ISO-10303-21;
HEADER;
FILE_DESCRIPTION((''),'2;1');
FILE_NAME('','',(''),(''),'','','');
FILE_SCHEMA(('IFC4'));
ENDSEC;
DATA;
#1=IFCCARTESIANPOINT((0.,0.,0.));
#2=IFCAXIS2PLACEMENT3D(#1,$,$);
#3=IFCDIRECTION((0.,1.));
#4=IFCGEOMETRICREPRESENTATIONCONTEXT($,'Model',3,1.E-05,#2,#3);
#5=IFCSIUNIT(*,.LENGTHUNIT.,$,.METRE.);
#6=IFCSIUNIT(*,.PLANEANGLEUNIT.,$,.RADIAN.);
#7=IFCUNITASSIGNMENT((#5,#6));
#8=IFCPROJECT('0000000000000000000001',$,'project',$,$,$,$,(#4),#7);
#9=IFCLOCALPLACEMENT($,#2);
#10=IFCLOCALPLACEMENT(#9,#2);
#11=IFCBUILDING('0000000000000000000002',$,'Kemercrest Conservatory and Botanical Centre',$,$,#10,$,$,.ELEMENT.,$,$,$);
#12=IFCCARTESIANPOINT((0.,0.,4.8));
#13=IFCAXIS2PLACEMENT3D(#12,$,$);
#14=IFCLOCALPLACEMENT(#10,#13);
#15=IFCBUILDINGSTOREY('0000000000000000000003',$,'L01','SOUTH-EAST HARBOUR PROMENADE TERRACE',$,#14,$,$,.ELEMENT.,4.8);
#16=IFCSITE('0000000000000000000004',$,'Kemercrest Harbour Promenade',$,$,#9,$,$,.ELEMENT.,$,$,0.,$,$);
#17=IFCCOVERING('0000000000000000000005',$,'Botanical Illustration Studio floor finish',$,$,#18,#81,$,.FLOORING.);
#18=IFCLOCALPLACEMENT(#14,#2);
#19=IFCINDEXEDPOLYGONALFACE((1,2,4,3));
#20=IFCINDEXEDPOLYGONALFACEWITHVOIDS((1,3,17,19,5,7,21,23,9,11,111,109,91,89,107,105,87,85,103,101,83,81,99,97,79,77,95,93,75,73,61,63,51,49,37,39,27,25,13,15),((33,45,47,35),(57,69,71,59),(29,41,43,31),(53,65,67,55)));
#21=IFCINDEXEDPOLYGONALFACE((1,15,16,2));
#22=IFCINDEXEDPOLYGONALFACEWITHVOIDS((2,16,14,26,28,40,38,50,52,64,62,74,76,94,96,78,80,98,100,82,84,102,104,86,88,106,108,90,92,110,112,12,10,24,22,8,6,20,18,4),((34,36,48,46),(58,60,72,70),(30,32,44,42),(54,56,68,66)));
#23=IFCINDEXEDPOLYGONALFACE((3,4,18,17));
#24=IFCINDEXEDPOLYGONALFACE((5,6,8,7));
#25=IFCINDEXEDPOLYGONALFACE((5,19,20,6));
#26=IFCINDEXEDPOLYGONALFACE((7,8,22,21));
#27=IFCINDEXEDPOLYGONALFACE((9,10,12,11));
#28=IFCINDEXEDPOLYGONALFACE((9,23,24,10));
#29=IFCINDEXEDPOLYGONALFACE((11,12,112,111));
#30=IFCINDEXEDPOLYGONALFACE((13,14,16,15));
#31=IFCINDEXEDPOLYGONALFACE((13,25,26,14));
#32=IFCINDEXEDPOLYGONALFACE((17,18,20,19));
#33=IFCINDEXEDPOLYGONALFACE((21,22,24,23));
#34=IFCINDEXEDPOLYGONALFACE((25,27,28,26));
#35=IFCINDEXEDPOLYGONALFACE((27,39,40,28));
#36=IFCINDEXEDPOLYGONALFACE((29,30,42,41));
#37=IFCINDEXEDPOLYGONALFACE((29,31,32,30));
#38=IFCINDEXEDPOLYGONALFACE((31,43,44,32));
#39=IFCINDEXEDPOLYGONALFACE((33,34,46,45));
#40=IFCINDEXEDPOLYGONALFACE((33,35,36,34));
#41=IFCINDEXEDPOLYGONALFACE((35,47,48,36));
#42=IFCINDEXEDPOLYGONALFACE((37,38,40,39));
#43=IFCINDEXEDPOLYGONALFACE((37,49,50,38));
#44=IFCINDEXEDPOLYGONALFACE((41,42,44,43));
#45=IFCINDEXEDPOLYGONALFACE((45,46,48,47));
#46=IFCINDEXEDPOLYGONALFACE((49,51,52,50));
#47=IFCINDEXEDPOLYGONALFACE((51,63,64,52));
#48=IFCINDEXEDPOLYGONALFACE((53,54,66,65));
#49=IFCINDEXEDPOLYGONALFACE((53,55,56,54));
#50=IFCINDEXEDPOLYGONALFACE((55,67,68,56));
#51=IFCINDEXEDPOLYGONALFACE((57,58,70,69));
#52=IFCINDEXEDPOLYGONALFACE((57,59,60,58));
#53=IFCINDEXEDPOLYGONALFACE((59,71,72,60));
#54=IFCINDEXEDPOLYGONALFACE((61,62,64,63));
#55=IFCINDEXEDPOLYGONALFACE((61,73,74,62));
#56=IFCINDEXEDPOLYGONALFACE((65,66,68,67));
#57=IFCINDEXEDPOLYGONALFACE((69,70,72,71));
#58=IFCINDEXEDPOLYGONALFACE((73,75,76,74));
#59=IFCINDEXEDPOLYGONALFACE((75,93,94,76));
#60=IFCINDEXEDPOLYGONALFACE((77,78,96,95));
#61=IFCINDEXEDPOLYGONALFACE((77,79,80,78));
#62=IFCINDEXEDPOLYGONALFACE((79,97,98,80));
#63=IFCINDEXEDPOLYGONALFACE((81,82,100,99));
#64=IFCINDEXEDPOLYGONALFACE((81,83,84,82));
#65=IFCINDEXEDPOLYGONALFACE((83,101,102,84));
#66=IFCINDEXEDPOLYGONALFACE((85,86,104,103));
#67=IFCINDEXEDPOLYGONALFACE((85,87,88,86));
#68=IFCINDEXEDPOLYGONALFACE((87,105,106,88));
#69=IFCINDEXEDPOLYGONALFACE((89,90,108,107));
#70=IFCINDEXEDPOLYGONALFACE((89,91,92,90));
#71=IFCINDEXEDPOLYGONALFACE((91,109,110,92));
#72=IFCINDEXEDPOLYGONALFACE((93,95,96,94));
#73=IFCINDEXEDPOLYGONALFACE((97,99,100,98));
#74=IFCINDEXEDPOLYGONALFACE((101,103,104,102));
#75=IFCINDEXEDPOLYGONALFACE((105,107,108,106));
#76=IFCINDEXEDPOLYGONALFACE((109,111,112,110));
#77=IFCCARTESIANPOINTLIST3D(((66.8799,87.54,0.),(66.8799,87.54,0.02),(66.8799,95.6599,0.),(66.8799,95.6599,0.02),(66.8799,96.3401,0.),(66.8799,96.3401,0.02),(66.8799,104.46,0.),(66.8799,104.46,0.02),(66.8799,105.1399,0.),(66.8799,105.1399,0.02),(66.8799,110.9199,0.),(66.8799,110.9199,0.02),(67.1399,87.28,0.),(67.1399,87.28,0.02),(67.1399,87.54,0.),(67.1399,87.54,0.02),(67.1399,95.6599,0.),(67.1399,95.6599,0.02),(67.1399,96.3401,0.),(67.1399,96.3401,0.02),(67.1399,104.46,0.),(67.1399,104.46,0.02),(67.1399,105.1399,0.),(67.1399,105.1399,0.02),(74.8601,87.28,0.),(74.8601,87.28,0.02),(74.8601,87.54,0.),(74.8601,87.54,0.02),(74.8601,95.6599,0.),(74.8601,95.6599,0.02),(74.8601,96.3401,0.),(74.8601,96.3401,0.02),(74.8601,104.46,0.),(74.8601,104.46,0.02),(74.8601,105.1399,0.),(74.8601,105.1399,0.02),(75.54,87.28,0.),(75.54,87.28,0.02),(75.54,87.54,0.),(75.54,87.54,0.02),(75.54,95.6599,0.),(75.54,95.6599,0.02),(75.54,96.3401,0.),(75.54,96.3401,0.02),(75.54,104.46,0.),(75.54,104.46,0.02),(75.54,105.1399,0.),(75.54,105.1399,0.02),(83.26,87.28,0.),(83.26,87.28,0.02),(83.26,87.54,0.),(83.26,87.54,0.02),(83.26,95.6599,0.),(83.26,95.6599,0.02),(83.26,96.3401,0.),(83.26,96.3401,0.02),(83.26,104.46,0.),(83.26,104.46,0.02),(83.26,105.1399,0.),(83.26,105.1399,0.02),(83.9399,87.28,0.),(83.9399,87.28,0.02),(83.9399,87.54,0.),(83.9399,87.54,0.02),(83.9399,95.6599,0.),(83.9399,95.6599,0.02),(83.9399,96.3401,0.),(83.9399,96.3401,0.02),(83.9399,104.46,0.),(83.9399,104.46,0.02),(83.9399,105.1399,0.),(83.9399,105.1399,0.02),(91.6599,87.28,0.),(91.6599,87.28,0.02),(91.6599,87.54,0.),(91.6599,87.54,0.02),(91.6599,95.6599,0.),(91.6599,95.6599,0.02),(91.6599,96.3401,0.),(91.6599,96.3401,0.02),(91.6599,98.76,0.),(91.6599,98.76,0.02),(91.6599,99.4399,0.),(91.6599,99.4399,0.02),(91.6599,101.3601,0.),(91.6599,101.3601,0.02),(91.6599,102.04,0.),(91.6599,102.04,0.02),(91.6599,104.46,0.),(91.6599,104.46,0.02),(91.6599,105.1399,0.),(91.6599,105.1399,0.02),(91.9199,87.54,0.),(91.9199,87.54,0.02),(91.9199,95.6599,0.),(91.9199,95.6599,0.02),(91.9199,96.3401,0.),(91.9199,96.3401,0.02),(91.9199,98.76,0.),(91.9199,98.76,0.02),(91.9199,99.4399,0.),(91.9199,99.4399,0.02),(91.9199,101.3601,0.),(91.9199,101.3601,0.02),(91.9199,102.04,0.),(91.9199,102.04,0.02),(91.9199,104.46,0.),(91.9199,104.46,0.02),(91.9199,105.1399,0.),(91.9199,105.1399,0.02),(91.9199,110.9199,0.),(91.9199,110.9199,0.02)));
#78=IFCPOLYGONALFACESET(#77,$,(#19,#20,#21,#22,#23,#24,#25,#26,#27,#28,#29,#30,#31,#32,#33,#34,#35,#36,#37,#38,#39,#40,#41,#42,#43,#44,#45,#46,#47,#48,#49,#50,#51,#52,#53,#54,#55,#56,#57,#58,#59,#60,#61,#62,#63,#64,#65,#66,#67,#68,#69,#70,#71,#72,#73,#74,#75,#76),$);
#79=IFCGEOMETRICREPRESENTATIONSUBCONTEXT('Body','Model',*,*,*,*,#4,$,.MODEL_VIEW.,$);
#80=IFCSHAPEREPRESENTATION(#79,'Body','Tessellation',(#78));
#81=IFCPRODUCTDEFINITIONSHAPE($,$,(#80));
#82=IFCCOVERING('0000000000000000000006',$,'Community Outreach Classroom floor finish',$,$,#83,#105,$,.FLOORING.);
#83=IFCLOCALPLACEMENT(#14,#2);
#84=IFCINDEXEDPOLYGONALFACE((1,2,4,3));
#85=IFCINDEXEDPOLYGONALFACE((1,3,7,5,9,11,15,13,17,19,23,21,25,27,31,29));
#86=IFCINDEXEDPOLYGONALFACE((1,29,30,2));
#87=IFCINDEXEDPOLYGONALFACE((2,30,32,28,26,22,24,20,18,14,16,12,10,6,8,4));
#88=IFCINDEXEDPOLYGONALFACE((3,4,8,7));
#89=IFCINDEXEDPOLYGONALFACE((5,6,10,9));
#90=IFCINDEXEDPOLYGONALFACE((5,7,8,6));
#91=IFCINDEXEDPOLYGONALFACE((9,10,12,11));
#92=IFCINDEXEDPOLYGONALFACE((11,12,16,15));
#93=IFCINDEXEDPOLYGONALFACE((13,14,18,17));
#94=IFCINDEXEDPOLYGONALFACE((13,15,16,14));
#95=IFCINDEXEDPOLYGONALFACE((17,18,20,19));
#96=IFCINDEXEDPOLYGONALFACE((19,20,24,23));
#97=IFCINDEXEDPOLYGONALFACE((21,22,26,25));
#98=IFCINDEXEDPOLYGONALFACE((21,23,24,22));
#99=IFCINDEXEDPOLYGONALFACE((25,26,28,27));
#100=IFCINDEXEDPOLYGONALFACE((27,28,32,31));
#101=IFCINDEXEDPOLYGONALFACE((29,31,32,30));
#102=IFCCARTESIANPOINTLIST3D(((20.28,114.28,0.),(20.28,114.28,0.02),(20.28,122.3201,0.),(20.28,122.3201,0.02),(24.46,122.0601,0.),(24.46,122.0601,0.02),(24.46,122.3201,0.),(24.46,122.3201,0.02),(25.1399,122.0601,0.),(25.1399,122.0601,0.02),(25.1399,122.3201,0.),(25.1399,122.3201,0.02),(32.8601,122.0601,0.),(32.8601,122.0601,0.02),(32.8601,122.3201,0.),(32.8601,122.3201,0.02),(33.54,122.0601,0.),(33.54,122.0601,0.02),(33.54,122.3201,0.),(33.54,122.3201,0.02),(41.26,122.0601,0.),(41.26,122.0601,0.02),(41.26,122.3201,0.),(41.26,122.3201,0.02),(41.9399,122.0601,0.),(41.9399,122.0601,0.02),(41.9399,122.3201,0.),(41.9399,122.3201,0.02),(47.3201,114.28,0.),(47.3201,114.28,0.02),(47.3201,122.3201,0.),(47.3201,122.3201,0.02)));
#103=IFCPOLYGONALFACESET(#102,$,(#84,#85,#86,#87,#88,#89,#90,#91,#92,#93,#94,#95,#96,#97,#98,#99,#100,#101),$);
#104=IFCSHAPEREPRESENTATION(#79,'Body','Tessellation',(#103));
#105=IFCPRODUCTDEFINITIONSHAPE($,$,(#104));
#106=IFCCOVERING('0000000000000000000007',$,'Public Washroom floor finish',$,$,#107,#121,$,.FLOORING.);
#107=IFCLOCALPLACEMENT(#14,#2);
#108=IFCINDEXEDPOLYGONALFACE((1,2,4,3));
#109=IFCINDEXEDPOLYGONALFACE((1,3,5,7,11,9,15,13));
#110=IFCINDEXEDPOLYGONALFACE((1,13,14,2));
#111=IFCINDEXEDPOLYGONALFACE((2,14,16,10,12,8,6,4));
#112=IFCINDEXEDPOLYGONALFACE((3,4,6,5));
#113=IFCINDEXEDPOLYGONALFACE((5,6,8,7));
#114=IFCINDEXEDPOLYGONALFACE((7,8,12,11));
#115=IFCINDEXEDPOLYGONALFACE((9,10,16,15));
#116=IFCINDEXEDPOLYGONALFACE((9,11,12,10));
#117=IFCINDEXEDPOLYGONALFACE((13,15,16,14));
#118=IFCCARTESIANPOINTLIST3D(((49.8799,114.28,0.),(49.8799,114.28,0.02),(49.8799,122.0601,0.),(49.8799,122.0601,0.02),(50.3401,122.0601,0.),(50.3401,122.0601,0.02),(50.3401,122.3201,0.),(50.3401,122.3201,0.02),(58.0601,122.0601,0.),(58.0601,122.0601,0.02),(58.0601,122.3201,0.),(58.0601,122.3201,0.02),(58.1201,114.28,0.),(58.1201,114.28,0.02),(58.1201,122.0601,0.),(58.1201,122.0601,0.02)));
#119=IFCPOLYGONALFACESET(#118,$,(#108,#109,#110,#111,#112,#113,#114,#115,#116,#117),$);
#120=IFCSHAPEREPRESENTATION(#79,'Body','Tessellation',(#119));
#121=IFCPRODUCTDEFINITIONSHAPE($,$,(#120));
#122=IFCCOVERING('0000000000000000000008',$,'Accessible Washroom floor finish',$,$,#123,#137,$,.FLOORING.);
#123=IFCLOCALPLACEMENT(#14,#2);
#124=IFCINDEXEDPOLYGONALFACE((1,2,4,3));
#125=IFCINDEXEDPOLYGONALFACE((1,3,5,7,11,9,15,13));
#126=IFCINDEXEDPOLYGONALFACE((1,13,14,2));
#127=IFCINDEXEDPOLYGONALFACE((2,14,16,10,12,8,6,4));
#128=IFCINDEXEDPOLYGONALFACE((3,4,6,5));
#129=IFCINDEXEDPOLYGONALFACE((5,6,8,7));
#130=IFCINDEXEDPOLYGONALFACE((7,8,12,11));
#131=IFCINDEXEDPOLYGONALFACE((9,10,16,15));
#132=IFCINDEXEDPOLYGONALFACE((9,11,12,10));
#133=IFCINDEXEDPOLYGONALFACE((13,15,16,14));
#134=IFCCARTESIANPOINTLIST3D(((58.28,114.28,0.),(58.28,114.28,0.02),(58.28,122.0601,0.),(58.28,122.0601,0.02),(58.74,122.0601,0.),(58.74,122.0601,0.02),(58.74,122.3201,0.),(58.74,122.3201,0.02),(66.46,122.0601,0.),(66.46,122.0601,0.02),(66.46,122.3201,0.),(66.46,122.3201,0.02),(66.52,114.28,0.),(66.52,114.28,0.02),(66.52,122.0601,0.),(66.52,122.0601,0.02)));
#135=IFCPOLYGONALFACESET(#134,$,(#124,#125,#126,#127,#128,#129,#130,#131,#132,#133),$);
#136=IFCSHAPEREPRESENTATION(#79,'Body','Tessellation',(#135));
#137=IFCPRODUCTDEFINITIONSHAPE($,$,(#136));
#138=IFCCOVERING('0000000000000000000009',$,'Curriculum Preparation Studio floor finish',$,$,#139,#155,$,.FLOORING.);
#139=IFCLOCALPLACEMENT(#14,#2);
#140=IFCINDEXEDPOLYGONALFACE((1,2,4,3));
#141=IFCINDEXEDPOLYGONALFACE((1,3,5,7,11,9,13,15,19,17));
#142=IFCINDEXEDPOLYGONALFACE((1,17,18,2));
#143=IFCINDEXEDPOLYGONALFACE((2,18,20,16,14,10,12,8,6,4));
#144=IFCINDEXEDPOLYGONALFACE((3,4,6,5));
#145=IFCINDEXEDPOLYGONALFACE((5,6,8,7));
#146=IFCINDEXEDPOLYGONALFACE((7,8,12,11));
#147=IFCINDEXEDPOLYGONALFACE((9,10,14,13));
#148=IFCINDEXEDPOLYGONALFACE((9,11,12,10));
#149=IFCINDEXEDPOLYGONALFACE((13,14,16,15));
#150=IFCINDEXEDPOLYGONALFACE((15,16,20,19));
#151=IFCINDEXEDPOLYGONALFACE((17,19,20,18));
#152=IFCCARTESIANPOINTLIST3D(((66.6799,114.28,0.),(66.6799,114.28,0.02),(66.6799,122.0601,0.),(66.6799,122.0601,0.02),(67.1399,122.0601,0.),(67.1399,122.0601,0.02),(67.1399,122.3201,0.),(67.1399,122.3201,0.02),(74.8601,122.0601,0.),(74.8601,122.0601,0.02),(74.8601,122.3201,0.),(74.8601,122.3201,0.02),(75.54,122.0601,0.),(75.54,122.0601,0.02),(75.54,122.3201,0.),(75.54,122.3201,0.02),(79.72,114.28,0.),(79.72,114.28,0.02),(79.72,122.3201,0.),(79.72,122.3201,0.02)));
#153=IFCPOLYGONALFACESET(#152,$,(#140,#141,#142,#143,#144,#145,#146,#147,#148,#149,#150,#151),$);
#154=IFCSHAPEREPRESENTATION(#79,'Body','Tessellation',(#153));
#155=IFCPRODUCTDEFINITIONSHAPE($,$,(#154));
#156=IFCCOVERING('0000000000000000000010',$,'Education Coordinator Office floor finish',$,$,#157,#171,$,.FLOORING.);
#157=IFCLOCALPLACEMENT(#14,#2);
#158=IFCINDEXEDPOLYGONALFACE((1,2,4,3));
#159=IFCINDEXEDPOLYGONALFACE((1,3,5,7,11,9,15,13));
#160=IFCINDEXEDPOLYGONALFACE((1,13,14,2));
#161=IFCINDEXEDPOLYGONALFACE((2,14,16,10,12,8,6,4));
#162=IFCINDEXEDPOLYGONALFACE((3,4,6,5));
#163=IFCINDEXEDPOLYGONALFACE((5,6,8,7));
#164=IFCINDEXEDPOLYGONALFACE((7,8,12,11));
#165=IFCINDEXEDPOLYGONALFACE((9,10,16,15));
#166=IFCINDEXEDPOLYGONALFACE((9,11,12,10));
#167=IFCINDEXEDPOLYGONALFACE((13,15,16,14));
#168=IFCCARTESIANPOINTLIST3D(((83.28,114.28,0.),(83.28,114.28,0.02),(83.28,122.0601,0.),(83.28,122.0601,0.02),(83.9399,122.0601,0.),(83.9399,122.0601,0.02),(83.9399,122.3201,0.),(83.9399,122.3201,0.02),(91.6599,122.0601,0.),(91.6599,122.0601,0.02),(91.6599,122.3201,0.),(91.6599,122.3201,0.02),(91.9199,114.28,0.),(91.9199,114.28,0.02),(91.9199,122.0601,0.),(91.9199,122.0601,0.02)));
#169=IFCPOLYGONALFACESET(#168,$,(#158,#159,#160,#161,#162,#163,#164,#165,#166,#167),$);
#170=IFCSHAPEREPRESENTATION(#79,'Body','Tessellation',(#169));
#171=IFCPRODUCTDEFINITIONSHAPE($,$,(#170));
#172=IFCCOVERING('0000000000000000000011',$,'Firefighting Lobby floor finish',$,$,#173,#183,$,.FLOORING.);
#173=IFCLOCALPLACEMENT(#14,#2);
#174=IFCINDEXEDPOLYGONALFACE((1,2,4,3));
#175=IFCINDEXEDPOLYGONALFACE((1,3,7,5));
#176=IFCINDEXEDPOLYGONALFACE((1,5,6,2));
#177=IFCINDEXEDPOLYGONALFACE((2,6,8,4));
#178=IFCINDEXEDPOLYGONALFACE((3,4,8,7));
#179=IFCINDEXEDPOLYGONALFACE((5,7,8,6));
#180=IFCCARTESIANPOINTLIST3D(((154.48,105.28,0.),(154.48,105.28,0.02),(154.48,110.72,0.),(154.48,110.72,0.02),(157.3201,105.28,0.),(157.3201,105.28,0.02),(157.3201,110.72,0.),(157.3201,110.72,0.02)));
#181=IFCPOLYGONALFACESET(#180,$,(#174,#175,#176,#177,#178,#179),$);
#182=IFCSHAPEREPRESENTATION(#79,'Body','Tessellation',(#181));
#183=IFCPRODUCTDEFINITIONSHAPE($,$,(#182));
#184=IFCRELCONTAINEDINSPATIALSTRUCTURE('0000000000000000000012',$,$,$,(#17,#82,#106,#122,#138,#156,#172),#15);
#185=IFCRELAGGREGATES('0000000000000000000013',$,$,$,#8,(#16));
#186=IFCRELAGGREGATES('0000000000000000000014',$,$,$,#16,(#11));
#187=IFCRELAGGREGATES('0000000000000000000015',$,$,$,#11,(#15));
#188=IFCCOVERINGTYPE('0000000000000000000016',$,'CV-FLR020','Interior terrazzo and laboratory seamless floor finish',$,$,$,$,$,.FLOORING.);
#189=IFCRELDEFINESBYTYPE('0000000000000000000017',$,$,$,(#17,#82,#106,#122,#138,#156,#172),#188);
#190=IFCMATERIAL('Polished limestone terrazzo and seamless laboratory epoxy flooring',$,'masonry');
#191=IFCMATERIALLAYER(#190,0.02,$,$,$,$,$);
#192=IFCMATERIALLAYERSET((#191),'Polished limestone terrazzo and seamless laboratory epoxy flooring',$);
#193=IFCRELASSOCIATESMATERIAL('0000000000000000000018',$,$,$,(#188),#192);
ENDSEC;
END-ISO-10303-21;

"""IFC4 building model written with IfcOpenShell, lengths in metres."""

from ifc_helpers import new_model, si_unit, direction, frame, origin, place, context, subcontext, project, spatial, polyline, outline, extrude, material, layer, layer_set, type_object, element, save


model = new_model("IFC4")

# Units and contexts
model_context = context("Model", 3, precision=1e-05, world=origin(), true_north=direction((0.0, 1.0)))
body_context = subcontext(model_context, "Body", "Model", "MODEL_VIEW")
ifc_project = project(units=[si_unit("LENGTHUNIT", "METRE"), si_unit("PLANEANGLEUNIT", "RADIAN")], contexts=[model_context])

# Site, building, storey
site_placement = place(None, origin())
site = spatial("IfcSite", under=ifc_project, at=site_placement, Name="Kemercrest Harbour Promenade", CompositionType="ELEMENT", RefElevation=0.0)
building_placement = place(site_placement, origin())
building = spatial("IfcBuilding", under=site, at=building_placement, Name="Kemercrest Conservatory and Botanical Centre", CompositionType="ELEMENT")
storey_placement = place(building_placement, frame((0.0, 0.0, 4.8)))
storey = spatial("IfcBuildingStorey", under=building, at=storey_placement, Name="L01", Description="SOUTH-EAST HARBOUR PROMENADE TERRACE", CompositionType="ELEMENT", Elevation=4.8)

# Coverings
ifc_material = material(Name="Polished limestone terrazzo and seamless laboratory epoxy flooring", Category="masonry")
ifc_layer = layer(ifc_material, 0.02)
ifc_layer_set = layer_set([ifc_layer], Name="Polished limestone terrazzo and seamless laboratory epoxy flooring")
covering_type = type_object("IfcCoveringType", Name="CV-FLR020", Description="Interior terrazzo and laboratory seamless floor finish", PredefinedType="FLOORING", material=ifc_layer_set)
covering_1_placement = place(storey_placement, origin())
element("IfcCovering", 1, at=covering_1_placement, inside=storey, type_object=covering_type, Name="Botanical Illustration Studio floor finish", PredefinedType="FLOORING", context=body_context, shape_type="SweptSolid", body=[
    extrude(outline(polyline([(83.26, 87.54), (83.9399, 87.54), (83.9399, 87.28), (91.6599, 87.28), (91.6599, 87.54), (91.9199, 87.54), (91.9199, 95.6599), (91.6599, 95.6599), (91.6599, 96.3401), (91.9199, 96.3401), (91.9199, 98.76), (91.6599, 98.76), (91.6599, 99.4399), (91.9199, 99.4399), (91.9199, 101.3601), (91.6599, 101.3601), (91.6599, 102.04), (91.9199, 102.04), (91.9199, 104.46), (91.6599, 104.46), (91.6599, 105.1399), (91.9199, 105.1399), (91.9199, 110.9199), (66.8799, 110.9199), (66.8799, 105.1399), (67.1399, 105.1399), (67.1399, 104.46), (66.8799, 104.46), (66.8799, 96.3401), (67.1399, 96.3401), (67.1399, 95.6599), (66.8799, 95.6599), (66.8799, 87.54), (67.1399, 87.54), (67.1399, 87.28), (74.8601, 87.28), (74.8601, 87.54), (75.54, 87.54), (75.54, 87.28), (83.26, 87.28), (83.26, 87.54)]), holes=[polyline([(83.9399, 95.6599), (83.26, 95.6599), (83.26, 96.3401), (83.9399, 96.3401), (83.9399, 95.6599)]), polyline([(83.9399, 104.46), (83.26, 104.46), (83.26, 105.1399), (83.9399, 105.1399), (83.9399, 104.46)]), polyline([(74.8601, 95.6599), (74.8601, 96.3401), (75.54, 96.3401), (75.54, 95.6599), (74.8601, 95.6599)]), polyline([(74.8601, 104.46), (74.8601, 105.1399), (75.54, 105.1399), (75.54, 104.46), (74.8601, 104.46)])]), origin(), (0.0, 0.0, 1.0), 0.02),
])
covering_2_placement = place(storey_placement, origin())
element("IfcCovering", 2, at=covering_2_placement, inside=storey, type_object=covering_type, Name="Community Outreach Classroom floor finish", PredefinedType="FLOORING", context=body_context, shape_type="SweptSolid", body=[
    extrude(outline(polyline([(20.28, 114.28), (47.3201, 114.28), (47.3201, 122.3201), (41.9399, 122.3201), (41.9399, 122.0601), (41.26, 122.0601), (41.26, 122.3201), (33.54, 122.3201), (33.54, 122.0601), (32.8601, 122.0601), (32.8601, 122.3201), (25.1399, 122.3201), (25.1399, 122.0601), (24.46, 122.0601), (24.46, 122.3201), (20.28, 122.3201), (20.28, 114.28)])), origin(), (0.0, 0.0, 1.0), 0.02),
])
covering_3_placement = place(storey_placement, origin())
element("IfcCovering", 3, at=covering_3_placement, inside=storey, type_object=covering_type, Name="Public Washroom floor finish", PredefinedType="FLOORING", context=body_context, shape_type="SweptSolid", body=[
    extrude(outline(polyline([(49.8799, 114.28), (58.1201, 114.28), (58.1201, 122.0601), (58.0601, 122.0601), (58.0601, 122.3201), (50.3401, 122.3201), (50.3401, 122.0601), (49.8799, 122.0601), (49.8799, 114.28)])), origin(), (0.0, 0.0, 1.0), 0.02),
])
covering_4_placement = place(storey_placement, origin())
element("IfcCovering", 4, at=covering_4_placement, inside=storey, type_object=covering_type, Name="Accessible Washroom floor finish", PredefinedType="FLOORING", context=body_context, shape_type="SweptSolid", body=[
    extrude(outline(polyline([(58.28, 114.28), (66.52, 114.28), (66.52, 122.0601), (66.46, 122.0601), (66.46, 122.3201), (58.74, 122.3201), (58.74, 122.0601), (58.28, 122.0601), (58.28, 114.28)])), origin(), (0.0, 0.0, 1.0), 0.02),
])
covering_5_placement = place(storey_placement, origin())
element("IfcCovering", 5, at=covering_5_placement, inside=storey, type_object=covering_type, Name="Curriculum Preparation Studio floor finish", PredefinedType="FLOORING", context=body_context, shape_type="SweptSolid", body=[
    extrude(outline(polyline([(66.6799, 114.28), (79.72, 114.28), (79.72, 122.3201), (75.54, 122.3201), (75.54, 122.0601), (74.8601, 122.0601), (74.8601, 122.3201), (67.1399, 122.3201), (67.1399, 122.0601), (66.6799, 122.0601), (66.6799, 114.28)])), origin(), (0.0, 0.0, 1.0), 0.02),
])
covering_6_placement = place(storey_placement, origin())
element("IfcCovering", 6, at=covering_6_placement, inside=storey, type_object=covering_type, Name="Education Coordinator Office floor finish", PredefinedType="FLOORING", context=body_context, shape_type="SweptSolid", body=[
    extrude(outline(polyline([(83.28, 114.28), (91.9199, 114.28), (91.9199, 122.0601), (91.6599, 122.0601), (91.6599, 122.3201), (83.9399, 122.3201), (83.9399, 122.0601), (83.28, 122.0601), (83.28, 114.28)])), origin(), (0.0, 0.0, 1.0), 0.02),
])
covering_7_placement = place(storey_placement, origin())
element("IfcCovering", 7, at=covering_7_placement, inside=storey, type_object=covering_type, Name="Firefighting Lobby floor finish", PredefinedType="FLOORING", context=body_context, shape_type="SweptSolid", body=[
    extrude(outline(polyline([(154.48, 105.28), (157.3201, 105.28), (157.3201, 110.72), (154.48, 110.72), (154.48, 105.28)])), origin(), (0.0, 0.0, 1.0), 0.02),
])

save(model, "model.ifc")
